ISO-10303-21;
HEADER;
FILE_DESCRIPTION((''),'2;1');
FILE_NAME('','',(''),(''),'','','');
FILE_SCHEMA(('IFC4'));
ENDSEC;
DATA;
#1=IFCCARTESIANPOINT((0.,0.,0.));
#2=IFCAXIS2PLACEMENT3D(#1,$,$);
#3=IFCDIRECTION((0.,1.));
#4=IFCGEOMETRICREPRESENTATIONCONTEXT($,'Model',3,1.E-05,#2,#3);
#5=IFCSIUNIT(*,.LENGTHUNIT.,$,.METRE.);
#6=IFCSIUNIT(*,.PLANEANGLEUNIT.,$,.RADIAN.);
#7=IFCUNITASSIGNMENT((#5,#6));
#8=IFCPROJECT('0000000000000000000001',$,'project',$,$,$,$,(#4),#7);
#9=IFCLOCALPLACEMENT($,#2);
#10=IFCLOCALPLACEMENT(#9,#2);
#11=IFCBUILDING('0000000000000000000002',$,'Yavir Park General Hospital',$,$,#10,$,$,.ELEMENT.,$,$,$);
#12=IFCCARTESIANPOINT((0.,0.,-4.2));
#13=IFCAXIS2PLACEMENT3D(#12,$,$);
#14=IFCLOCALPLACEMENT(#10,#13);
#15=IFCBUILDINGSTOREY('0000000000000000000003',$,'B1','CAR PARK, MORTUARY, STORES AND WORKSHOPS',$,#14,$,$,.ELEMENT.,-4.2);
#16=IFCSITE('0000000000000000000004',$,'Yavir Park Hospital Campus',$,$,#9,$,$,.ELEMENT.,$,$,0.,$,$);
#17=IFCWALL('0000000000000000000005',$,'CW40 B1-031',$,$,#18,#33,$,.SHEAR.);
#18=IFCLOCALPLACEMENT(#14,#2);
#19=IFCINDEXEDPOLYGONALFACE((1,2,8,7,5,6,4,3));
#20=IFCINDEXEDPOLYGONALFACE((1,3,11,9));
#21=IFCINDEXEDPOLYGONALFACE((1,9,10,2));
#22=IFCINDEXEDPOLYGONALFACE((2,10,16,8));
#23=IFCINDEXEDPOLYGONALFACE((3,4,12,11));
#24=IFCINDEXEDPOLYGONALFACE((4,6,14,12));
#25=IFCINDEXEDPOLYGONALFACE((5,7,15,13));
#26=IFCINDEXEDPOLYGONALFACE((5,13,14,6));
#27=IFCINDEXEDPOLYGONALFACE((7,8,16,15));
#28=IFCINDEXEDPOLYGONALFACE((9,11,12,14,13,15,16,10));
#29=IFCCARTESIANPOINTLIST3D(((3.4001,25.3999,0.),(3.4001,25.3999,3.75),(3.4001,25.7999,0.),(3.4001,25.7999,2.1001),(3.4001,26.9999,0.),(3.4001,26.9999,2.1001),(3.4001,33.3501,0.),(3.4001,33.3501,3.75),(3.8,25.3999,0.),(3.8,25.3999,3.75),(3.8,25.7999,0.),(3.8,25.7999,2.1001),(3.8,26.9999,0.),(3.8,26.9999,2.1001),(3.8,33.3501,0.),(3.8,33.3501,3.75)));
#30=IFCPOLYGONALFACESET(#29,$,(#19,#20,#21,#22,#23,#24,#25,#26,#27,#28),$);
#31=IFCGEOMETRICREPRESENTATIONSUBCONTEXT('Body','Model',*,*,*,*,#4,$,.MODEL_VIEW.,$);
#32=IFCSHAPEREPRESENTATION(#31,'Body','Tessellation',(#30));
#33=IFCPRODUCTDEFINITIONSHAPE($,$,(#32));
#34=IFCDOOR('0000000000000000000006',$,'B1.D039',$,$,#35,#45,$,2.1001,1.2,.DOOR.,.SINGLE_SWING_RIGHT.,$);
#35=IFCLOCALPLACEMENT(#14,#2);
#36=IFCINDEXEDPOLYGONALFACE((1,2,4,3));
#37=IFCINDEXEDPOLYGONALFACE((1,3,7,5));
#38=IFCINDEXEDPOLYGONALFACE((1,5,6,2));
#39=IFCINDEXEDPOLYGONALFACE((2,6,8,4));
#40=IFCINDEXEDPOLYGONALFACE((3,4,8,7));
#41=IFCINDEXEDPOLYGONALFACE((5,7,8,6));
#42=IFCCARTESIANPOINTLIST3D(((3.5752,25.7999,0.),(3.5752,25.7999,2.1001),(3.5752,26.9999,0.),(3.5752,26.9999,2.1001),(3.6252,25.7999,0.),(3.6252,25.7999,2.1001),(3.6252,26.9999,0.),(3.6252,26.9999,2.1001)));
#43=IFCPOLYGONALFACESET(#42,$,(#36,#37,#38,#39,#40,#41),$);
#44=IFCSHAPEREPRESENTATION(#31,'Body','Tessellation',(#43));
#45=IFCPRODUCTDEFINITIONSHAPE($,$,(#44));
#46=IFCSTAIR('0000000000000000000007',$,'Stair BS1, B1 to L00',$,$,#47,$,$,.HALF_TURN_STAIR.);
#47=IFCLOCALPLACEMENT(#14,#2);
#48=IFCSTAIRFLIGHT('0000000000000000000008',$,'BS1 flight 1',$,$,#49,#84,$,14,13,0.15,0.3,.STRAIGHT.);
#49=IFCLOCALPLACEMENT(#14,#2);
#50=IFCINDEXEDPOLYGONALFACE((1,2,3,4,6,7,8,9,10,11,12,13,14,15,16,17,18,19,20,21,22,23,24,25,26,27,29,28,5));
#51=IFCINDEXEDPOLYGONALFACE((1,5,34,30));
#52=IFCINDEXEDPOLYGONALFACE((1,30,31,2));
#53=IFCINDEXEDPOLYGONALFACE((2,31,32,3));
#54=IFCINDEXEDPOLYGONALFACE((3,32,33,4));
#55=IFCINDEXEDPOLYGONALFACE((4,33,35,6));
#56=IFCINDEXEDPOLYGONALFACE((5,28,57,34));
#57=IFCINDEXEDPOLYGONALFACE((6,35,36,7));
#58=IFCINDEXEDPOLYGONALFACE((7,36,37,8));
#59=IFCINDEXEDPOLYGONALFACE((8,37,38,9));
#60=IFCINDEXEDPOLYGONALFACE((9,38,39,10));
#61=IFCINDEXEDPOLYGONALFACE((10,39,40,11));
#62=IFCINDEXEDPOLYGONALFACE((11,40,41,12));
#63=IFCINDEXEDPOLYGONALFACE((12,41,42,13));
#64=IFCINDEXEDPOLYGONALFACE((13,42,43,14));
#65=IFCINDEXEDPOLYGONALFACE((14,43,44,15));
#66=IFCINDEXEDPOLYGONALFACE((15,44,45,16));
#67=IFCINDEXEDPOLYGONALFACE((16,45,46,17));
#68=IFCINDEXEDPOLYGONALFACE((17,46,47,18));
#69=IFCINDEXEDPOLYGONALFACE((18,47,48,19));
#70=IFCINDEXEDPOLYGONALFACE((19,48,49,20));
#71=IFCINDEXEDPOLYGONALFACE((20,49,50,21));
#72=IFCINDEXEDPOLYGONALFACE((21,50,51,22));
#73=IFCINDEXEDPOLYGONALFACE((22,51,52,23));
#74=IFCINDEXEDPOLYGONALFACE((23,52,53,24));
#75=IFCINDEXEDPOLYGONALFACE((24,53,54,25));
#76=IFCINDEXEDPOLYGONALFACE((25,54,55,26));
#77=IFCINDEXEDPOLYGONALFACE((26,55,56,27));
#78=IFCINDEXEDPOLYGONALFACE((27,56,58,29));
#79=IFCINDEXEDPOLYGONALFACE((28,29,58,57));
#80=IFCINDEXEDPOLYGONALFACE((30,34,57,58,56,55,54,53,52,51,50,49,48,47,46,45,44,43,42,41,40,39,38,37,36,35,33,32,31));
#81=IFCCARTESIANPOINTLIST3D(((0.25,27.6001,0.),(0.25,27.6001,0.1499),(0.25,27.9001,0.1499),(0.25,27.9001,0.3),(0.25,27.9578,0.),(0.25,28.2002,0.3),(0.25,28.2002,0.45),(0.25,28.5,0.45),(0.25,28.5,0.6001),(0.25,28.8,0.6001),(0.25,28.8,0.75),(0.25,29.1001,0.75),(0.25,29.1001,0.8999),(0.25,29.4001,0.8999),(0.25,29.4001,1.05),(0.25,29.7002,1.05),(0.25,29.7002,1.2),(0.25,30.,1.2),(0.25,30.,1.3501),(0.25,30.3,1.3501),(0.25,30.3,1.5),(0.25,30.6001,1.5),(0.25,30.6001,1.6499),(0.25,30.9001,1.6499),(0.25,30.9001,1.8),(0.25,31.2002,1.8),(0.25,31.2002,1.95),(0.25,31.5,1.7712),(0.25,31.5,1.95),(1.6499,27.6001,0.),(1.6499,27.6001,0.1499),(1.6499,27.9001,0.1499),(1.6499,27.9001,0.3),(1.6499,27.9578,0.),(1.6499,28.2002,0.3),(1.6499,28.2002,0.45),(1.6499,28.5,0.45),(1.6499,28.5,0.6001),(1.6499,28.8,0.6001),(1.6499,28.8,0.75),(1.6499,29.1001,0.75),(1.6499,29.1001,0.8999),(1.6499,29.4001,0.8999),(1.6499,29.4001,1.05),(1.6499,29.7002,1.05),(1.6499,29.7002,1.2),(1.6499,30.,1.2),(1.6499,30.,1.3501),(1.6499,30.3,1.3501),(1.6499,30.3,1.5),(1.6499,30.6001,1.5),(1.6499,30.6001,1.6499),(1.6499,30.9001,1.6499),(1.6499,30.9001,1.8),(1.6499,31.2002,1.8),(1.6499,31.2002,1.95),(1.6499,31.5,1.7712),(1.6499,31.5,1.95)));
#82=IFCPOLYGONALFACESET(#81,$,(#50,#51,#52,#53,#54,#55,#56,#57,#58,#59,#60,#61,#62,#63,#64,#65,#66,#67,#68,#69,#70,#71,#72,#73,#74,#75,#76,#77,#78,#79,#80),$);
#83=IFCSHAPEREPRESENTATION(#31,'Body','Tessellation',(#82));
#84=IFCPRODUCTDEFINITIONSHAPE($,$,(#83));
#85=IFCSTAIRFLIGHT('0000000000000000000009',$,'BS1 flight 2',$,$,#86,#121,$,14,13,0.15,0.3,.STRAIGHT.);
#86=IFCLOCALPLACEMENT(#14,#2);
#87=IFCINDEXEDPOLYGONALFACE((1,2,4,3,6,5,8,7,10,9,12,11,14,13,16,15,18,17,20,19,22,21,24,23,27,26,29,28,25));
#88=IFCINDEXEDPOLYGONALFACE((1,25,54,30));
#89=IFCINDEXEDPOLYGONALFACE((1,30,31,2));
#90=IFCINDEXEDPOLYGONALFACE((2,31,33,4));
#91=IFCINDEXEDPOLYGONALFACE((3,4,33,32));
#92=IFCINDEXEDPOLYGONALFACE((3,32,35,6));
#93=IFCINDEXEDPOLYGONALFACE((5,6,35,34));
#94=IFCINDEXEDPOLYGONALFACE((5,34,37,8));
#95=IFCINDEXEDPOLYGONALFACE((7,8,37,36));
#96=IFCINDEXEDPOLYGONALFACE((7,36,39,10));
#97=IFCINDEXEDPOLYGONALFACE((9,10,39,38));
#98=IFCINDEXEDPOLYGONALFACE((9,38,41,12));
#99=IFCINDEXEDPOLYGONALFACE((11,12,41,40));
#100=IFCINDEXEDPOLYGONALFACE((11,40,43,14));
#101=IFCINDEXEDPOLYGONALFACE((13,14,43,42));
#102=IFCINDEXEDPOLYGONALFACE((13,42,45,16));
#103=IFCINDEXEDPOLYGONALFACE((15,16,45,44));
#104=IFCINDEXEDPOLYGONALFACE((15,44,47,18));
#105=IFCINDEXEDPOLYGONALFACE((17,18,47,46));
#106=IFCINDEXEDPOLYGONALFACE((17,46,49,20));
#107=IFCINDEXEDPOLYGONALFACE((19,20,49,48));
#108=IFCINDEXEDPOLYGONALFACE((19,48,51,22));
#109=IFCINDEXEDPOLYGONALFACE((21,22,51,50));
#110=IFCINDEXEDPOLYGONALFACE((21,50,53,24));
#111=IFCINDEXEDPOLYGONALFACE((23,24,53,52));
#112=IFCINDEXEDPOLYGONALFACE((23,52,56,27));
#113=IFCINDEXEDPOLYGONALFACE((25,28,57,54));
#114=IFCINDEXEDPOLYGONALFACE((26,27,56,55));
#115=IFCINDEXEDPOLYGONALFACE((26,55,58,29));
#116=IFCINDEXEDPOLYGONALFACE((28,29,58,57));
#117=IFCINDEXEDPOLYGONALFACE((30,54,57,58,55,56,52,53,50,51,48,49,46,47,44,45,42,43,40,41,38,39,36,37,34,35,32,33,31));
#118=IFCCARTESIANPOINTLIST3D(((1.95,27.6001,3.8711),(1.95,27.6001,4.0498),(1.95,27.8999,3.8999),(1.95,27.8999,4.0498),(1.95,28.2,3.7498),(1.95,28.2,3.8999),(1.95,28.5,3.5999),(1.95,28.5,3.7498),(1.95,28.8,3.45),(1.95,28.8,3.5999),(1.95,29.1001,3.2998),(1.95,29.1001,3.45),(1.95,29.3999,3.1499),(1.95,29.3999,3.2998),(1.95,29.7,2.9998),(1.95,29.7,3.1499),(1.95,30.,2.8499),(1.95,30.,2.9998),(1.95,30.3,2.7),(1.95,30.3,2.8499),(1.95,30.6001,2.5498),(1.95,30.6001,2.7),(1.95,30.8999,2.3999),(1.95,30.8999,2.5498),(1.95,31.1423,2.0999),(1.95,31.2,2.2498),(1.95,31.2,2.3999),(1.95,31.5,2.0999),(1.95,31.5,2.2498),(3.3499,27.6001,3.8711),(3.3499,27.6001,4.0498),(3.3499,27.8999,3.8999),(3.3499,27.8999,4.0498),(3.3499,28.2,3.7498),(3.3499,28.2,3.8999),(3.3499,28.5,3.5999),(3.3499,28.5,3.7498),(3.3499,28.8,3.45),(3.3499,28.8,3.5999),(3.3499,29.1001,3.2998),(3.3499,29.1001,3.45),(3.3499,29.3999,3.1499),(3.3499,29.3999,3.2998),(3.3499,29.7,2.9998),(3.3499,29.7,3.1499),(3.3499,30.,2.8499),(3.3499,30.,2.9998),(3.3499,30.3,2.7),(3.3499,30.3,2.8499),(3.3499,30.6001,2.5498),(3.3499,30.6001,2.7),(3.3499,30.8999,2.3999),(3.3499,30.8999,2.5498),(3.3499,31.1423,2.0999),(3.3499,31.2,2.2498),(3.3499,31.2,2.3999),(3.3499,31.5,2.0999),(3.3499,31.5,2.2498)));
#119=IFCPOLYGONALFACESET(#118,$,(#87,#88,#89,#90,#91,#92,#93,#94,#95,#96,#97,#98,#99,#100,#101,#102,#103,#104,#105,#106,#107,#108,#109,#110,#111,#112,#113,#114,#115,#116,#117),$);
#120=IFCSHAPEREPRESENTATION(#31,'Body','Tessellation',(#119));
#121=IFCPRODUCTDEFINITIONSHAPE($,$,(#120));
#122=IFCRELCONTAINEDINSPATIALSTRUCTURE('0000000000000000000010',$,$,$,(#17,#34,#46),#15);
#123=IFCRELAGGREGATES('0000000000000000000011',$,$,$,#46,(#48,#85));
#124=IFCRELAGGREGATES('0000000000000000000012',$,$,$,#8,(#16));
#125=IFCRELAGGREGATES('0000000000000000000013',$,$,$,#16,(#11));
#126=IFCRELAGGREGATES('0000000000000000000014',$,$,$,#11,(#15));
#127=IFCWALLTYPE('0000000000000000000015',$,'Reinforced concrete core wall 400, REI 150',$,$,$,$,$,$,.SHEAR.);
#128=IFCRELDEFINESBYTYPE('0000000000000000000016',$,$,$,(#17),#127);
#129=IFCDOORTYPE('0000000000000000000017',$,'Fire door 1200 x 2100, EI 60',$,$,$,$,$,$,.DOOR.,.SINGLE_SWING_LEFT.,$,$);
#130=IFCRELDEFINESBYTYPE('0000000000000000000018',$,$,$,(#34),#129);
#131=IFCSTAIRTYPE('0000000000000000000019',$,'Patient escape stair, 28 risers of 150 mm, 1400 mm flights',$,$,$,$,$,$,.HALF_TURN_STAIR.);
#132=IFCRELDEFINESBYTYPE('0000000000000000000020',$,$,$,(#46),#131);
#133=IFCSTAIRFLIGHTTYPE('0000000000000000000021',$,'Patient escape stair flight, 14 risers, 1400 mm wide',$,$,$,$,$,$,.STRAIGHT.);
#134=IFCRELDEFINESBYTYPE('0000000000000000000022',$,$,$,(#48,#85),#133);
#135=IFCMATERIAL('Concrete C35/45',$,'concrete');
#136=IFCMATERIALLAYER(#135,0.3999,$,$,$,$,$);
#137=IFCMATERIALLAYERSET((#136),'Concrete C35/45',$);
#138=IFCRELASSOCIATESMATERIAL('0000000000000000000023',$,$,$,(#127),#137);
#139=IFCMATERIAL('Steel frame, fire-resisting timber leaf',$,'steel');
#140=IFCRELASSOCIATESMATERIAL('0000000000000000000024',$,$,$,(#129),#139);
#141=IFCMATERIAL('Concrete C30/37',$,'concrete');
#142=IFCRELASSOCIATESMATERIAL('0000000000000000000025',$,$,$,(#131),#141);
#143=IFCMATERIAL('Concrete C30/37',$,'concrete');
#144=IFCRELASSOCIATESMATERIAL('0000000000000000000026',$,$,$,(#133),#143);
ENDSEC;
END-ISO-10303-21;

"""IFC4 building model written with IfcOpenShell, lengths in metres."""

from ifc_helpers import new_model, si_unit, direction, frame, frame_2d, origin, place, context, subcontext, project, spatial, polyline, rectangle, outline, extrude, material, layer, layer_set, type_object, element, fill, aggregate, save


model = new_model("IFC4")

# Units and contexts
model_context = context("Model", 3, precision=1e-05, world=origin(), true_north=direction((0.0, 1.0)))
body_context = subcontext(model_context, "Body", "Model", "MODEL_VIEW")
ifc_project = project(units=[si_unit("LENGTHUNIT", "METRE"), si_unit("PLANEANGLEUNIT", "RADIAN")], contexts=[model_context])

# Site, building, storey
site_placement = place(None, origin())
site = spatial("IfcSite", under=ifc_project, at=site_placement, Name="Yavir Park Hospital Campus", CompositionType="ELEMENT", RefElevation=0.0)
building_placement = place(site_placement, origin())
building = spatial("IfcBuilding", under=site, at=building_placement, Name="Yavir Park General Hospital", CompositionType="ELEMENT")
storey_placement = place(building_placement, frame((0.0, 0.0, -4.2)))
storey = spatial("IfcBuildingStorey", under=building, at=storey_placement, Name="B1", Description="CAR PARK, MORTUARY, STORES AND WORKSHOPS", CompositionType="ELEMENT", Elevation=-4.2)

# Shared definitions
ifc_material_1 = material(Name="Concrete C35/45", Category="concrete")
ifc_layer_1 = layer(ifc_material_1, 0.3999)
ifc_layer_set_1 = layer_set([ifc_layer_1], Name="Concrete C35/45")
wall_type_1 = type_object("IfcWallType", Name="Reinforced concrete core wall 400, REI 150", PredefinedType="SHEAR", material=ifc_layer_set_1)

# Wall, opening, door
wall_1_placement = place(storey_placement, frame((3.6001, 25.3999, 0.0), z_axis=(0.0, 0.0, 1.0), x_axis=(0.0, 1.0, 0.0)))
wall_1 = element("IfcWall", 1, at=wall_1_placement, inside=storey, type_object=wall_type_1, Name="CW40 B1-031", PredefinedType="SHEAR", context=body_context, shape_type="SweptSolid", body=[
    extrude(rectangle(XDim=7.9502, YDim=0.3999, at=frame_2d((3.9751, 0.0))), origin(), (0.0, 0.0, 1.0), 3.75),
])
opening_1_placement = place(wall_1_placement, frame((0.3999, 0.0, 0.0)))
opening_1 = element("IfcOpeningElement", 2, at=opening_1_placement, cuts=wall_1, PredefinedType="OPENING", context=body_context, shape_type="SweptSolid", body=[
    extrude(rectangle(XDim=1.2, YDim=2.1001, at=frame_2d((0.6001, 1.05))), frame((0.0, 0.21, 0.0), z_axis=(0.0, -1.0, 0.0), x_axis=(1.0, 0.0, 0.0)), (0.0, 0.0, 1.0), 0.4199),
])
ifc_material_2 = material(Name="Steel frame, fire-resisting timber leaf", Category="steel")
door_type_1 = type_object("IfcDoorType", Name="Fire door 1200 x 2100, EI 60", OperationType="SINGLE_SWING_LEFT", PredefinedType="DOOR", material=ifc_material_2)
door_1_placement = place(opening_1_placement, origin())
door_1 = element("IfcDoor", 3, at=door_1_placement, inside=storey, type_object=door_type_1, Name="B1.D039", OperationType="SINGLE_SWING_RIGHT", OverallHeight=2.1001, OverallWidth=1.2, PredefinedType="DOOR", context=body_context, shape_type="SweptSolid", body=[
    extrude(rectangle(XDim=1.2, YDim=2.1001, at=frame_2d((0.6001, 1.05))), frame((0.0, 0.0249, 0.0), z_axis=(0.0, -1.0, 0.0), x_axis=(1.0, 0.0, 0.0)), (0.0, 0.0, 1.0), 0.05),
])
fill(opening_1, door_1)

# Stair, stair flights
ifc_material_3 = material(Name="Concrete C30/37", Category="concrete")
stair_type = type_object("IfcStairType", Name="Patient escape stair, 28 risers of 150 mm, 1400 mm flights", PredefinedType="HALF_TURN_STAIR", material=ifc_material_3)
stair_placement = place(storey_placement, origin())
stair = element("IfcStair", 4, at=stair_placement, inside=storey, type_object=stair_type, Name="Stair BS1, B1 to L00", PredefinedType="HALF_TURN_STAIR")
ifc_material_4 = material(Name="Concrete C30/37", Category="concrete")
stair_flight_type = type_object("IfcStairFlightType", Name="Patient escape stair flight, 14 risers, 1400 mm wide", PredefinedType="STRAIGHT", material=ifc_material_4)
stair_flight_1_placement = place(storey_placement, frame((0.95, 27.6001, 0.0), z_axis=(0.0, 0.0, 1.0), x_axis=(0.0, 1.0, 0.0)))
stair_flight_1 = element("IfcStairFlight", 5, at=stair_flight_1_placement, type_object=stair_flight_type, Name="BS1 flight 1", NumberOfRisers=14, NumberOfTreads=13, PredefinedType="STRAIGHT", RiserHeight=0.15, TreadLength=0.3, context=body_context, shape_type="SweptSolid", body=[
    extrude(outline(polyline([(0.0, 0.0), (0.0, 0.1499), (0.3, 0.1499), (0.3, 0.3), (0.6001, 0.3), (0.6001, 0.45), (0.8999, 0.45), (0.8999, 0.6001), (1.2, 0.6001), (1.2, 0.75), (1.5, 0.75), (1.5, 0.8999), (1.8, 0.8999), (1.8, 1.05), (2.1001, 1.05), (2.1001, 1.2), (2.3999, 1.2), (2.3999, 1.3501), (2.7, 1.3501), (2.7, 1.5), (3.0, 1.5), (3.0, 1.6499), (3.3, 1.6499), (3.3, 1.8), (3.6001, 1.8), (3.6001, 1.95), (3.8999, 1.95), (3.8999, 2.1001), (3.8999, 1.7712), (0.3577, 0.0), (0.0, 0.0)])), frame((0.0, 0.7, 0.0), z_axis=(0.0, -1.0, 0.0), x_axis=(1.0, 0.0, 0.0)), (0.0, 0.0, 1.0), 1.3999),
])
stair_flight_2_placement = place(storey_placement, frame((2.6499, 31.5, 2.0999), z_axis=(0.0, 0.0, 1.0), x_axis=(0.0, -1.0, 0.0)))
stair_flight_2 = element("IfcStairFlight", 6, at=stair_flight_2_placement, type_object=stair_flight_type, Name="BS1 flight 2", NumberOfRisers=14, NumberOfTreads=13, PredefinedType="STRAIGHT", RiserHeight=0.15, TreadLength=0.3, context=body_context, shape_type="SweptSolid", body=[
    extrude(outline(polyline([(0.0, 0.0), (0.0, 0.1499), (0.3, 0.1499), (0.3, 0.3), (0.6001, 0.3), (0.6001, 0.45), (0.8999, 0.45), (0.8999, 0.6001), (1.2, 0.6001), (1.2, 0.75), (1.5, 0.75), (1.5, 0.8999), (1.8, 0.8999), (1.8, 1.05), (2.1001, 1.05), (2.1001, 1.2), (2.3999, 1.2), (2.3999, 1.3501), (2.7, 1.3501), (2.7, 1.5), (3.0, 1.5), (3.0, 1.6499), (3.3, 1.6499), (3.3, 1.8), (3.6001, 1.8), (3.6001, 1.95), (3.8999, 1.95), (3.8999, 2.1001), (3.8999, 1.7712), (0.3577, 0.0), (0.0, 0.0)])), frame((0.0, 0.7, 0.0), z_axis=(0.0, -1.0, 0.0), x_axis=(1.0, 0.0, 0.0)), (0.0, 0.0, 1.0), 1.3999),
])
aggregate(stair, [stair_flight_1, stair_flight_2])

save(model, "model.ifc")
